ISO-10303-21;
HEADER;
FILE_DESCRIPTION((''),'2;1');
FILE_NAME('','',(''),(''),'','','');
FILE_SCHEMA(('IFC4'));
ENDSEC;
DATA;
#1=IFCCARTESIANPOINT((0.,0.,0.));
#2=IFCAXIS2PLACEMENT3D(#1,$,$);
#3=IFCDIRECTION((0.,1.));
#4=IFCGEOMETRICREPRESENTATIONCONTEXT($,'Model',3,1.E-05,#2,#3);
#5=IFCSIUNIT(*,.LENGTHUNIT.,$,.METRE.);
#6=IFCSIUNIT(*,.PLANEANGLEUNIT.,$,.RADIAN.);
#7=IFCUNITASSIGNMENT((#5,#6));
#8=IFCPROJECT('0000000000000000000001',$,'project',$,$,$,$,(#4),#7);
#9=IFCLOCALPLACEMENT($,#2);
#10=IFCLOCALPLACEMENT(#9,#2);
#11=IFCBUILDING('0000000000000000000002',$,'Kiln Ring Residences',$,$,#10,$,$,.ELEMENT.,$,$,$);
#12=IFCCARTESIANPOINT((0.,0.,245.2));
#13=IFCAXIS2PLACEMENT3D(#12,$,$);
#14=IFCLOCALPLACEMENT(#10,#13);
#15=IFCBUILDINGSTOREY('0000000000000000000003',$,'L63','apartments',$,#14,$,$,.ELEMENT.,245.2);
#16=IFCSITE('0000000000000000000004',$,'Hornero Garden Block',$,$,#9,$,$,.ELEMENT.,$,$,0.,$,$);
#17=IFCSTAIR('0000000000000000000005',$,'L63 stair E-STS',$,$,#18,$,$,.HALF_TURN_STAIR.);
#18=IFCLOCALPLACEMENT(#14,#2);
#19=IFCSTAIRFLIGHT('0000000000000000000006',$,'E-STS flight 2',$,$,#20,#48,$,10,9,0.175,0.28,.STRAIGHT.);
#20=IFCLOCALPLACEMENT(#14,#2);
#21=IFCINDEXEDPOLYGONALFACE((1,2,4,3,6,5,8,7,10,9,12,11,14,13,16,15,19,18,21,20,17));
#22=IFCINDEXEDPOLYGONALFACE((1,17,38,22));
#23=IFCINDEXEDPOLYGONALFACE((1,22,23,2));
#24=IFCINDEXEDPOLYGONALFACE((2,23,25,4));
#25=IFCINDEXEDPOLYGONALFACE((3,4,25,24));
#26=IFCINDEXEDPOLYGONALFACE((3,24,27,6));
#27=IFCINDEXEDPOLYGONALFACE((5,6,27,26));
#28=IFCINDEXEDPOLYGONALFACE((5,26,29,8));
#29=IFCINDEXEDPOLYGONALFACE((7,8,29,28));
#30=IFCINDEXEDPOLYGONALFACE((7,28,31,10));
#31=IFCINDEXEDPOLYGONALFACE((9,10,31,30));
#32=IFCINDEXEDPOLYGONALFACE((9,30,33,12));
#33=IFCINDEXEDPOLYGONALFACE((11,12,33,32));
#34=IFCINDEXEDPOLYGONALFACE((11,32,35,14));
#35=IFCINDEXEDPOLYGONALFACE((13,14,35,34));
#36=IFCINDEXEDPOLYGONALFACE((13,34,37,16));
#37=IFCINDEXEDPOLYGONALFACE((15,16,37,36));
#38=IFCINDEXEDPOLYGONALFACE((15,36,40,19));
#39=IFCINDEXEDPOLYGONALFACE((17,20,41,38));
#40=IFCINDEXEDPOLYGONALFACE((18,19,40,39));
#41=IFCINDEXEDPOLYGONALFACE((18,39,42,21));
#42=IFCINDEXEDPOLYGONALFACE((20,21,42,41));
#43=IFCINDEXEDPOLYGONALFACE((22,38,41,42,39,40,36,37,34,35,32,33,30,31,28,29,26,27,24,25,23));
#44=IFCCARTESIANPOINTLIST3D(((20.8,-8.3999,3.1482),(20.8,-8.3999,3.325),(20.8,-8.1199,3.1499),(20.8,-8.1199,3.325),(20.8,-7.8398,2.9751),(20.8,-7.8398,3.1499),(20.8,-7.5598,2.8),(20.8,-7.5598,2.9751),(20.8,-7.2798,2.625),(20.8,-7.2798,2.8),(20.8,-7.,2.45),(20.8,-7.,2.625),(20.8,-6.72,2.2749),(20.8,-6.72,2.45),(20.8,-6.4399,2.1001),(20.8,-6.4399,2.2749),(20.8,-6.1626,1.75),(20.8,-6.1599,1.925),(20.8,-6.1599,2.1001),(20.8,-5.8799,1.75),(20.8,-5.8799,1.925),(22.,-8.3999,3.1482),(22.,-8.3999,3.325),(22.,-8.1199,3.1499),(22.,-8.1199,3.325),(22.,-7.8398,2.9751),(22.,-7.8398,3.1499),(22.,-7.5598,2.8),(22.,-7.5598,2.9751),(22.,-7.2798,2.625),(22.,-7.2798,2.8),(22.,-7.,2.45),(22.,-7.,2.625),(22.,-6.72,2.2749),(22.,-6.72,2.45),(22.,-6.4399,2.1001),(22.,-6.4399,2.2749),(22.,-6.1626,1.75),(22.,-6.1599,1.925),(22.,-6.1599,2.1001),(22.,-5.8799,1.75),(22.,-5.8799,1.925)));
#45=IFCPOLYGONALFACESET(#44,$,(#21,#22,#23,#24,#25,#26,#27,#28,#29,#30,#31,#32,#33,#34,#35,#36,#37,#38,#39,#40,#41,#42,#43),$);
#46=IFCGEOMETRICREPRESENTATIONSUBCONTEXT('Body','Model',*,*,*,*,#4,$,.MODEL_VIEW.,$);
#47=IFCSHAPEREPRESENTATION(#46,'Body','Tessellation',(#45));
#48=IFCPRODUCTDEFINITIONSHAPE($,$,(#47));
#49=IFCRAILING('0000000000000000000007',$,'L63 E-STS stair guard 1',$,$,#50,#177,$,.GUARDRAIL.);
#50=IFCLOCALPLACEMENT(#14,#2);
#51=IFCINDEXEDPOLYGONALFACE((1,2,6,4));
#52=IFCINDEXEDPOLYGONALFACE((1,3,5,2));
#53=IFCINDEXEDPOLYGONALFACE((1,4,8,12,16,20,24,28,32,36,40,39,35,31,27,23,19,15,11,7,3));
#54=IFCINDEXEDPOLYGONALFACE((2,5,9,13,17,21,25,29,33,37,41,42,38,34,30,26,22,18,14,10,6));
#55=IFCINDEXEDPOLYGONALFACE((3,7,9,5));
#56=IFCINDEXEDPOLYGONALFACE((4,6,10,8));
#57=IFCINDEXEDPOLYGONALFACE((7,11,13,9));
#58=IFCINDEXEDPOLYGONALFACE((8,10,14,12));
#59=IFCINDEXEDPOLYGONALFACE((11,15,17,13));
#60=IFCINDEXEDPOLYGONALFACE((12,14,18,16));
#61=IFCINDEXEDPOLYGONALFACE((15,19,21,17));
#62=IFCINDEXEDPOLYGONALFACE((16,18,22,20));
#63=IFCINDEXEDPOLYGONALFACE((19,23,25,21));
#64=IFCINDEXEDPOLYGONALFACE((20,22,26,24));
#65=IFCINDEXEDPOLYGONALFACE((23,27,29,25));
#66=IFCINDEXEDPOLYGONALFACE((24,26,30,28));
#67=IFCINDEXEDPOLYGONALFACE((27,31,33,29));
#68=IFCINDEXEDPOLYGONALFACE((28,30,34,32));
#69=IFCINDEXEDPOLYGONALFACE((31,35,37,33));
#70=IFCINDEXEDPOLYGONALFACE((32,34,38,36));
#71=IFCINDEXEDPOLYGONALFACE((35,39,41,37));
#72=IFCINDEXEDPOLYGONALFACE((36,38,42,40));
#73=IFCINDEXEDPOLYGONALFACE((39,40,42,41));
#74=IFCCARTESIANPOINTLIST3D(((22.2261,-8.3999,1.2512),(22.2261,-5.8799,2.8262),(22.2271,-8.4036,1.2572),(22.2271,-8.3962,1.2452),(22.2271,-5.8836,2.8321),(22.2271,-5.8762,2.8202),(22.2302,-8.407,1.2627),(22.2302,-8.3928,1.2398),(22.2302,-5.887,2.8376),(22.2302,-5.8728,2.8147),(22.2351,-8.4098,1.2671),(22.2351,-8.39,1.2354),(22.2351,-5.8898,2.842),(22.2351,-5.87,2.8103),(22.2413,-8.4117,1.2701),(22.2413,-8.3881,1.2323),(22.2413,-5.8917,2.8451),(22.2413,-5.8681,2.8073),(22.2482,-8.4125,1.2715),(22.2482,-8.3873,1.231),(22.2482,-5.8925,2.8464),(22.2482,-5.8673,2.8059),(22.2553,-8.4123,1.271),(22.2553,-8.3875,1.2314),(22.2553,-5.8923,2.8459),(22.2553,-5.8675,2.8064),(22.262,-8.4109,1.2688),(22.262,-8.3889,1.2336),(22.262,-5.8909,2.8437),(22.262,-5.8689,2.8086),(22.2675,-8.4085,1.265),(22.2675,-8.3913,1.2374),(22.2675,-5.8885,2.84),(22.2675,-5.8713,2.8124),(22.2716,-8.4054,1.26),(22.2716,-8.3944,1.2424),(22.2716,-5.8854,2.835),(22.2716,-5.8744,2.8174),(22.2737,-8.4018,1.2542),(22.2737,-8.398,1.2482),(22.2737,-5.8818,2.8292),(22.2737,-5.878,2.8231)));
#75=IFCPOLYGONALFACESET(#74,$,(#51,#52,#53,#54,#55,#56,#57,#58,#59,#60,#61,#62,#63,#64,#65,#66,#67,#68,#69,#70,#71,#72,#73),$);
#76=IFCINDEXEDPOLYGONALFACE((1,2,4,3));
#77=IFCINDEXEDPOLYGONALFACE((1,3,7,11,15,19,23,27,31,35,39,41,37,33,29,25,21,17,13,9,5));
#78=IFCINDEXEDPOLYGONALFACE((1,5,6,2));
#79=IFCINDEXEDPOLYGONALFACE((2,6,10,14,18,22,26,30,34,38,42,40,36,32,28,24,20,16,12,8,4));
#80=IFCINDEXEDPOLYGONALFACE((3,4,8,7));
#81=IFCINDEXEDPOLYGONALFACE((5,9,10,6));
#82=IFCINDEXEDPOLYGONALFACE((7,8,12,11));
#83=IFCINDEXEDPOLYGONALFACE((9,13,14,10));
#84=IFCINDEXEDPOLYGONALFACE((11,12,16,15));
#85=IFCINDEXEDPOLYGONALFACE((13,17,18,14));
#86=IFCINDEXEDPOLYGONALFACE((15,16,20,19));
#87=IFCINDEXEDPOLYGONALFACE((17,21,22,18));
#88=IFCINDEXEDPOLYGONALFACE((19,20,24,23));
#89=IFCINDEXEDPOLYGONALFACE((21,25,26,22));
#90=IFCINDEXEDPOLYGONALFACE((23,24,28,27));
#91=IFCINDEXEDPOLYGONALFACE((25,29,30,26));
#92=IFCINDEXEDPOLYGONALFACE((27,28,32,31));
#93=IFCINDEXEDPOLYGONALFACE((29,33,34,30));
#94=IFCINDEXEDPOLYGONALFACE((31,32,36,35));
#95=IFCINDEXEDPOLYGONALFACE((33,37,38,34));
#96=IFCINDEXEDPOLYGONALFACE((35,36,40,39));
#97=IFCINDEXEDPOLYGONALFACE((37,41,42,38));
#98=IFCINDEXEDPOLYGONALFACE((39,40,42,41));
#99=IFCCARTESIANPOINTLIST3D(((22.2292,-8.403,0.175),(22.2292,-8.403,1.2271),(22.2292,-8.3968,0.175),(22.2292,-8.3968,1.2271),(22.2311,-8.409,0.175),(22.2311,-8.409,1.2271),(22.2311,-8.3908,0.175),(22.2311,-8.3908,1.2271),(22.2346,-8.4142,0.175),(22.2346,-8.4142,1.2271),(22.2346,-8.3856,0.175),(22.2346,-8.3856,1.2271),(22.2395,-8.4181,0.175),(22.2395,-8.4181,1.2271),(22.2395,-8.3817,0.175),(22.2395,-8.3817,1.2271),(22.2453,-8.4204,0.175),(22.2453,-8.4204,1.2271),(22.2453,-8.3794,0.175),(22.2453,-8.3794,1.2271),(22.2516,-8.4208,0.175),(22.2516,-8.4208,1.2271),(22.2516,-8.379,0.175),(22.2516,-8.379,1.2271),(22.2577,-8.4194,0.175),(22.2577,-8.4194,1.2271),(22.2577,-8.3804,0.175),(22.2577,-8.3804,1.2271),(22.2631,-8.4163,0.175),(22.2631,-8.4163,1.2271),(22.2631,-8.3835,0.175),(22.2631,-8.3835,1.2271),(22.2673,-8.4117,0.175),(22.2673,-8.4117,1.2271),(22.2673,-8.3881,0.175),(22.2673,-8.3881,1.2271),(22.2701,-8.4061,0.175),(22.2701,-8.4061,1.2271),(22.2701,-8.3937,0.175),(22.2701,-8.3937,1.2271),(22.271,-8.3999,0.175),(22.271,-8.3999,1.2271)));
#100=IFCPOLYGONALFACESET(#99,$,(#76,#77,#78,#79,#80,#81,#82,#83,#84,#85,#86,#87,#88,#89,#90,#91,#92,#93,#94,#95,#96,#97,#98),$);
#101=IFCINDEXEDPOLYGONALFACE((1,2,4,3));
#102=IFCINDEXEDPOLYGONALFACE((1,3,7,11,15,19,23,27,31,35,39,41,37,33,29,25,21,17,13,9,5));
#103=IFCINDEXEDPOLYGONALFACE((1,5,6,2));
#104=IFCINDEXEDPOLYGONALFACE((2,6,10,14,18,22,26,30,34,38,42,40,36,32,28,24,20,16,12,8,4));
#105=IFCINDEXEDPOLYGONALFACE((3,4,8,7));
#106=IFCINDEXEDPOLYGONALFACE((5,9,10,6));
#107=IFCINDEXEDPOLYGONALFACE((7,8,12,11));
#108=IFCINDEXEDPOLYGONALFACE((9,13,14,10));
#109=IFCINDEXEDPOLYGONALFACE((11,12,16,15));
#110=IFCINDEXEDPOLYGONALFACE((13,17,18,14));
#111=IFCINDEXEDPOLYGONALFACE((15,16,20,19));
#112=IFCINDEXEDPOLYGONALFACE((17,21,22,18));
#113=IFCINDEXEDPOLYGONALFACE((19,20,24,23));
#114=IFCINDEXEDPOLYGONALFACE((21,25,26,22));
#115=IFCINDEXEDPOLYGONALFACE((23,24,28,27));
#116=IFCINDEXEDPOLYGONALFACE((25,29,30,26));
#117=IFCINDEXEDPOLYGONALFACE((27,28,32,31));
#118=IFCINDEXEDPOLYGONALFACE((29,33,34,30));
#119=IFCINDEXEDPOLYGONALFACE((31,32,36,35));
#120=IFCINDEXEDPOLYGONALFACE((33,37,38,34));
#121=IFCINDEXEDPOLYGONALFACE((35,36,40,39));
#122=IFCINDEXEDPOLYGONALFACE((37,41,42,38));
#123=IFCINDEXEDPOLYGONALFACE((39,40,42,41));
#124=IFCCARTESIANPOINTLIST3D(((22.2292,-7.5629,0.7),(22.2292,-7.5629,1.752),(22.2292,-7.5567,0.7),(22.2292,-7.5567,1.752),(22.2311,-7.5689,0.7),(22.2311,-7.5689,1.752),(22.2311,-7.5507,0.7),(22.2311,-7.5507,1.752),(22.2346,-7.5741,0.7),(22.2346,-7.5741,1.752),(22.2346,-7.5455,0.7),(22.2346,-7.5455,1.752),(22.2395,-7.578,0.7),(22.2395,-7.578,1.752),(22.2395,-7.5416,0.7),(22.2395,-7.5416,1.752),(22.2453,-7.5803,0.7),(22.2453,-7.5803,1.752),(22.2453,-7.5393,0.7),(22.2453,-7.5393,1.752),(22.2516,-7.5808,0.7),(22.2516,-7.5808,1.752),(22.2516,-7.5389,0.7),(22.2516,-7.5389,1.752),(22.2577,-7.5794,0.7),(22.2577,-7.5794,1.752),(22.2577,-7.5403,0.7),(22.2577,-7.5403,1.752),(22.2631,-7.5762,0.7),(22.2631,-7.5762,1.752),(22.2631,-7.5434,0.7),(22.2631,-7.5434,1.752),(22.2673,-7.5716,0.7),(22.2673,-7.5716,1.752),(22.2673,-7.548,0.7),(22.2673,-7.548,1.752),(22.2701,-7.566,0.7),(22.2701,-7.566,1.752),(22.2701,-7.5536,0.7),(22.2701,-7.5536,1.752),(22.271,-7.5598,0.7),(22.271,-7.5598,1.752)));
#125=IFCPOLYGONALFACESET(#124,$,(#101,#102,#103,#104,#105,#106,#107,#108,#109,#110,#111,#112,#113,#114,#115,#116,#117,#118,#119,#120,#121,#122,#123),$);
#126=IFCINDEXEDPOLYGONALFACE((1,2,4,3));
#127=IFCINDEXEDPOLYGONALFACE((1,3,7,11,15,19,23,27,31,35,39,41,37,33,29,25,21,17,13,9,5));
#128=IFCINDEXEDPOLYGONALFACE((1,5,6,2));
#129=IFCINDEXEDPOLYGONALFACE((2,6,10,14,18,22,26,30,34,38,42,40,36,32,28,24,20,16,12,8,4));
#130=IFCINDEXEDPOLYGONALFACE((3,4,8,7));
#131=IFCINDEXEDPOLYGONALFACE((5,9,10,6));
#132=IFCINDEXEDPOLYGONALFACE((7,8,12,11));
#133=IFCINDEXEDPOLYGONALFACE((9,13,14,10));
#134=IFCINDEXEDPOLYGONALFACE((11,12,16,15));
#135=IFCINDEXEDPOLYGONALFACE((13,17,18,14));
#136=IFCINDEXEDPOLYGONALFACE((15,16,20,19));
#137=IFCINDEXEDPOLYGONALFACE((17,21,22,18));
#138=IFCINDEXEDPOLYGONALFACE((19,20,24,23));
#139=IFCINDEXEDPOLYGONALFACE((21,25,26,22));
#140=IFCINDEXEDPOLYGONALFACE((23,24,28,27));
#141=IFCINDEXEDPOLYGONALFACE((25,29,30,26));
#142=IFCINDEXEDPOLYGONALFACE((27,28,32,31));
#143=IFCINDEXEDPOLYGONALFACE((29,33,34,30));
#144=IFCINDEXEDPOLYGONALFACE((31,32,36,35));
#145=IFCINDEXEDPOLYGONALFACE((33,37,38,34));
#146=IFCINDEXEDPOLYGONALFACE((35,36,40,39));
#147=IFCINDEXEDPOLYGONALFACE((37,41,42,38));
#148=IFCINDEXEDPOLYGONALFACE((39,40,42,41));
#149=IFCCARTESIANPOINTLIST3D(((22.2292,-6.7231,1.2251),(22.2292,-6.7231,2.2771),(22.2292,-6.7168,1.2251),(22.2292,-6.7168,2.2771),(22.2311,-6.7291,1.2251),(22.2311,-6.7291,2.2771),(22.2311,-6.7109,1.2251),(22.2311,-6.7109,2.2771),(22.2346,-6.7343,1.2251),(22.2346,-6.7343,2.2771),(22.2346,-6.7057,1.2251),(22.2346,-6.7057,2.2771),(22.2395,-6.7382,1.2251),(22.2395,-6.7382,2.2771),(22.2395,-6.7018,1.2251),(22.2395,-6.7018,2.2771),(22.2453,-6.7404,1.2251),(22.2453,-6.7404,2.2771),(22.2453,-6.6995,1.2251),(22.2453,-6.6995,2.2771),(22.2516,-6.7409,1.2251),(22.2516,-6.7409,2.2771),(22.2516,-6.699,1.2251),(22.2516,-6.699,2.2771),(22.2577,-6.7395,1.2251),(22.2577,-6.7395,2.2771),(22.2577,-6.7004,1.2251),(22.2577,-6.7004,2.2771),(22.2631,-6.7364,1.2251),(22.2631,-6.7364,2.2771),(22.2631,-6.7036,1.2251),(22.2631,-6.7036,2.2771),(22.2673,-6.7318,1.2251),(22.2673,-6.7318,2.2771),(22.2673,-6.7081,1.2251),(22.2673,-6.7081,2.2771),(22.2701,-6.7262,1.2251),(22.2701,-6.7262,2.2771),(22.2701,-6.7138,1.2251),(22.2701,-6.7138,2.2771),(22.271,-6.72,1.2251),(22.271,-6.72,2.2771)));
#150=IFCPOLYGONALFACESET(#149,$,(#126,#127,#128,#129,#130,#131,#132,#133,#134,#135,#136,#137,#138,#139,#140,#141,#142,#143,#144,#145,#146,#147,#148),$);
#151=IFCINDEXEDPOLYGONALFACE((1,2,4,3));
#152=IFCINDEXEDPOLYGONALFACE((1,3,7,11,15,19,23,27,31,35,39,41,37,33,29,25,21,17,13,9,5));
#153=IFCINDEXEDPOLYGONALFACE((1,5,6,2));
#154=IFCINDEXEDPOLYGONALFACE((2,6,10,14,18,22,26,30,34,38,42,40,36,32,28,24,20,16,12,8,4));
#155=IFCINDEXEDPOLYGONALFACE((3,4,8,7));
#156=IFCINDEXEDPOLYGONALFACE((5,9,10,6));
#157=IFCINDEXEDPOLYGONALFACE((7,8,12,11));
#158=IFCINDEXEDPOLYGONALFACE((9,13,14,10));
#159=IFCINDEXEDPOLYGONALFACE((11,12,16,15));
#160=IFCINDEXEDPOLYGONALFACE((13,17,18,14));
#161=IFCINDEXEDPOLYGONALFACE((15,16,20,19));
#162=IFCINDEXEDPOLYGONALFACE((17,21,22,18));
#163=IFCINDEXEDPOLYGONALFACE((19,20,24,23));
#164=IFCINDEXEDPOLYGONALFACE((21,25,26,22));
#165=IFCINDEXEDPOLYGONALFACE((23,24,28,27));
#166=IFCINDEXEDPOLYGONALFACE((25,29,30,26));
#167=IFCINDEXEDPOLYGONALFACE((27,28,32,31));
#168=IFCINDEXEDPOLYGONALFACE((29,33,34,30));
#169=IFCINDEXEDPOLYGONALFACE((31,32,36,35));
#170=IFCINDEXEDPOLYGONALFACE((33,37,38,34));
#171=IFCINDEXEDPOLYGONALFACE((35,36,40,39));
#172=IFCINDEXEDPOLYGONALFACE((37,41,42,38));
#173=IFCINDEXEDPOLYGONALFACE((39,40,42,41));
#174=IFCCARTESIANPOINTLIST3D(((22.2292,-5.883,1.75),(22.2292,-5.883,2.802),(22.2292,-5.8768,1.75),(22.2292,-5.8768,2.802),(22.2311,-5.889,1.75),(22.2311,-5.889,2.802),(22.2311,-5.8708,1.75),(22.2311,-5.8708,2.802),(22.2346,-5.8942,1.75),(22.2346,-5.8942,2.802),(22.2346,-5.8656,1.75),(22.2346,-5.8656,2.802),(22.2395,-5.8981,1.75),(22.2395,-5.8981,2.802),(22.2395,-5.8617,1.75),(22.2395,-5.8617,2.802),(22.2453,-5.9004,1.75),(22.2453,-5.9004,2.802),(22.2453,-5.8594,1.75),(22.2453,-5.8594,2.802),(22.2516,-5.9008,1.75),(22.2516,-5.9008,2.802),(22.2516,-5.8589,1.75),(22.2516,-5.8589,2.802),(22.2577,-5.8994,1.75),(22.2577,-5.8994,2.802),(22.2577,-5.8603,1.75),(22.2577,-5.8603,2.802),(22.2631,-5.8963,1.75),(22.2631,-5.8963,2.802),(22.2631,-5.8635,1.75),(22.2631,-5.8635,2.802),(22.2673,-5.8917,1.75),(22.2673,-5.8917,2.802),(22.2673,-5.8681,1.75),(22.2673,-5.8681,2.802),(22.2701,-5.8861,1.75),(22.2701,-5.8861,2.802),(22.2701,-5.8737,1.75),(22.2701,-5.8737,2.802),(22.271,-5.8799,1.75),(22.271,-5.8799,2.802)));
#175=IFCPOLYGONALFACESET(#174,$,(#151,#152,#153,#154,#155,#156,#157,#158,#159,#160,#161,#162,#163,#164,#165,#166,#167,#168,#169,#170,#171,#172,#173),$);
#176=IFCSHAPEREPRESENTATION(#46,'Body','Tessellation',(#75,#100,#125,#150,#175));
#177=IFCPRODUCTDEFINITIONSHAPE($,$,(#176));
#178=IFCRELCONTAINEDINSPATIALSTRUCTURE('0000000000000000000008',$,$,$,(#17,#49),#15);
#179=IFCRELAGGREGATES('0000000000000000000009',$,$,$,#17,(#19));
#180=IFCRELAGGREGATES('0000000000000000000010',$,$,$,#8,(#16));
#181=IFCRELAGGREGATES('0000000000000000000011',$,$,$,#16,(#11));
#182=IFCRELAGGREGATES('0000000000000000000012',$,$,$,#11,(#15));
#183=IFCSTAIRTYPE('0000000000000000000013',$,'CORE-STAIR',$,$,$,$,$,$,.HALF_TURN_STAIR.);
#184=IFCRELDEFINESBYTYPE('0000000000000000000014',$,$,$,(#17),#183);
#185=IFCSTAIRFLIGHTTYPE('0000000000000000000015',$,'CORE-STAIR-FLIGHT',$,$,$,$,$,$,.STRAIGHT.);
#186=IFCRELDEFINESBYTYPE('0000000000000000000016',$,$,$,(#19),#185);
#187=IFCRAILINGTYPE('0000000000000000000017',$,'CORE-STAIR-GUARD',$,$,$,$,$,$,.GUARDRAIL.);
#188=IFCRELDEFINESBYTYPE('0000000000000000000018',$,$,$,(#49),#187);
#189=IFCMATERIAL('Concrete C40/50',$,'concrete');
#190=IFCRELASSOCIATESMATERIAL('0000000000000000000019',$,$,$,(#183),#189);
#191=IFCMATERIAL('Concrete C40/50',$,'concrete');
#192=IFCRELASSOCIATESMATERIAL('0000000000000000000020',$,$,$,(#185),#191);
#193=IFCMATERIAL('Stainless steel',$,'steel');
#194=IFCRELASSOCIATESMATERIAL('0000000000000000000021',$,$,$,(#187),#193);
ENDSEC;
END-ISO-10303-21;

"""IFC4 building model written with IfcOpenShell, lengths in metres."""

from ifc_helpers import new_model, si_unit, direction, frame, origin, origin_2d, place, context, subcontext, project, spatial, polyline, circle, outline, extrude, material, type_object, element, aggregate, save


model = new_model("IFC4")

# Units and contexts
model_context = context("Model", 3, precision=1e-05, world=origin(), true_north=direction((0.0, 1.0)))
body_context = subcontext(model_context, "Body", "Model", "MODEL_VIEW")
ifc_project = project(units=[si_unit("LENGTHUNIT", "METRE"), si_unit("PLANEANGLEUNIT", "RADIAN")], contexts=[model_context])

# Site, building, storey
site_placement = place(None, origin())
site = spatial("IfcSite", under=ifc_project, at=site_placement, Name="Hornero Garden Block", CompositionType="ELEMENT", RefElevation=0.0)
building_placement = place(site_placement, origin())
building = spatial("IfcBuilding", under=site, at=building_placement, Name="Kiln Ring Residences", CompositionType="ELEMENT")
storey_placement = place(building_placement, frame((0.0, 0.0, 245.2)))
storey = spatial("IfcBuildingStorey", under=building, at=storey_placement, Name="L63", Description="apartments", CompositionType="ELEMENT", Elevation=245.2)

# Stair, stair flight
ifc_material_1 = material(Name="Concrete C40/50", Category="concrete")
stair_type = type_object("IfcStairType", Name="CORE-STAIR", PredefinedType="HALF_TURN_STAIR", material=ifc_material_1)
stair_placement = place(storey_placement, origin())
stair = element("IfcStair", 1, at=stair_placement, inside=storey, type_object=stair_type, Name="L63 stair E-STS", PredefinedType="HALF_TURN_STAIR")
ifc_material_2 = material(Name="Concrete C40/50", Category="concrete")
stair_flight_type = type_object("IfcStairFlightType", Name="CORE-STAIR-FLIGHT", PredefinedType="STRAIGHT", material=ifc_material_2)
stair_flight_1_placement = place(storey_placement, frame((21.3999, -5.8799, 1.75), z_axis=(0.0, 0.0, 1.0), x_axis=(0.0, -1.0, 0.0)))
stair_flight_1 = element("IfcStairFlight", 2, at=stair_flight_1_placement, type_object=stair_flight_type, Name="E-STS flight 2", NumberOfRisers=10, NumberOfTreads=9, PredefinedType="STRAIGHT", RiserHeight=0.175, TreadLength=0.28, context=body_context, shape_type="SweptSolid", body=[
    extrude(outline(polyline([(0.0, 0.0), (0.0, 0.175), (0.28, 0.175), (0.28, 0.3501), (0.5601, 0.3501), (0.5601, 0.5249), (0.8401, 0.5249), (0.8401, 0.7), (1.1201, 0.7), (1.1201, 0.875), (1.3999, 0.875), (1.3999, 1.05), (1.6799, 1.05), (1.6799, 1.2251), (1.96, 1.2251), (1.96, 1.3999), (2.24, 1.3999), (2.24, 1.575), (2.52, 1.575), (2.52, 1.75), (2.52, 1.3982), (0.2827, 0.0), (0.0, 0.0)])), frame((0.0, 0.6001, 0.0), z_axis=(0.0, -1.0, 0.0), x_axis=(1.0, 0.0, 0.0)), (0.0, 0.0, 1.0), 1.2),
])
aggregate(stair, [stair_flight_1])

# Railing
ifc_material_3 = material(Name="Stainless steel", Category="steel")
railing_type_1 = type_object("IfcRailingType", Name="CORE-STAIR-GUARD", PredefinedType="GUARDRAIL", material=ifc_material_3)
railing_1_placement = place(storey_placement, frame((22.25, -8.3999, 0.175)))
element("IfcRailing", 3, at=railing_1_placement, inside=storey, type_object=railing_type_1, Name="L63 E-STS stair guard 1", PredefinedType="GUARDRAIL", context=body_context, shape_type="SweptSolid", body=[
    extrude(circle(Radius=0.0239, at=origin_2d()), frame((0.0, 0.0, 1.0762), z_axis=(0.0, 0.848008, 0.529984), x_axis=(-1.0, 0.0, 0.0)), (0.0, 0.0, 1.0), 2.9717),
    extrude(circle(Radius=0.021, at=origin_2d()), origin(), (0.0, 0.0, 1.0), 1.052),
    extrude(circle(Radius=0.021, at=origin_2d()), frame((0.0, 0.8401, 0.5249)), (0.0, 0.0, 1.0), 1.052),
    extrude(circle(Radius=0.021, at=origin_2d()), frame((0.0, 1.6799, 1.05)), (0.0, 0.0, 1.0), 1.052),
    extrude(circle(Radius=0.021, at=origin_2d()), frame((0.0, 2.52, 1.575)), (0.0, 0.0, 1.0), 1.052),
])

save(model, "model.ifc")
